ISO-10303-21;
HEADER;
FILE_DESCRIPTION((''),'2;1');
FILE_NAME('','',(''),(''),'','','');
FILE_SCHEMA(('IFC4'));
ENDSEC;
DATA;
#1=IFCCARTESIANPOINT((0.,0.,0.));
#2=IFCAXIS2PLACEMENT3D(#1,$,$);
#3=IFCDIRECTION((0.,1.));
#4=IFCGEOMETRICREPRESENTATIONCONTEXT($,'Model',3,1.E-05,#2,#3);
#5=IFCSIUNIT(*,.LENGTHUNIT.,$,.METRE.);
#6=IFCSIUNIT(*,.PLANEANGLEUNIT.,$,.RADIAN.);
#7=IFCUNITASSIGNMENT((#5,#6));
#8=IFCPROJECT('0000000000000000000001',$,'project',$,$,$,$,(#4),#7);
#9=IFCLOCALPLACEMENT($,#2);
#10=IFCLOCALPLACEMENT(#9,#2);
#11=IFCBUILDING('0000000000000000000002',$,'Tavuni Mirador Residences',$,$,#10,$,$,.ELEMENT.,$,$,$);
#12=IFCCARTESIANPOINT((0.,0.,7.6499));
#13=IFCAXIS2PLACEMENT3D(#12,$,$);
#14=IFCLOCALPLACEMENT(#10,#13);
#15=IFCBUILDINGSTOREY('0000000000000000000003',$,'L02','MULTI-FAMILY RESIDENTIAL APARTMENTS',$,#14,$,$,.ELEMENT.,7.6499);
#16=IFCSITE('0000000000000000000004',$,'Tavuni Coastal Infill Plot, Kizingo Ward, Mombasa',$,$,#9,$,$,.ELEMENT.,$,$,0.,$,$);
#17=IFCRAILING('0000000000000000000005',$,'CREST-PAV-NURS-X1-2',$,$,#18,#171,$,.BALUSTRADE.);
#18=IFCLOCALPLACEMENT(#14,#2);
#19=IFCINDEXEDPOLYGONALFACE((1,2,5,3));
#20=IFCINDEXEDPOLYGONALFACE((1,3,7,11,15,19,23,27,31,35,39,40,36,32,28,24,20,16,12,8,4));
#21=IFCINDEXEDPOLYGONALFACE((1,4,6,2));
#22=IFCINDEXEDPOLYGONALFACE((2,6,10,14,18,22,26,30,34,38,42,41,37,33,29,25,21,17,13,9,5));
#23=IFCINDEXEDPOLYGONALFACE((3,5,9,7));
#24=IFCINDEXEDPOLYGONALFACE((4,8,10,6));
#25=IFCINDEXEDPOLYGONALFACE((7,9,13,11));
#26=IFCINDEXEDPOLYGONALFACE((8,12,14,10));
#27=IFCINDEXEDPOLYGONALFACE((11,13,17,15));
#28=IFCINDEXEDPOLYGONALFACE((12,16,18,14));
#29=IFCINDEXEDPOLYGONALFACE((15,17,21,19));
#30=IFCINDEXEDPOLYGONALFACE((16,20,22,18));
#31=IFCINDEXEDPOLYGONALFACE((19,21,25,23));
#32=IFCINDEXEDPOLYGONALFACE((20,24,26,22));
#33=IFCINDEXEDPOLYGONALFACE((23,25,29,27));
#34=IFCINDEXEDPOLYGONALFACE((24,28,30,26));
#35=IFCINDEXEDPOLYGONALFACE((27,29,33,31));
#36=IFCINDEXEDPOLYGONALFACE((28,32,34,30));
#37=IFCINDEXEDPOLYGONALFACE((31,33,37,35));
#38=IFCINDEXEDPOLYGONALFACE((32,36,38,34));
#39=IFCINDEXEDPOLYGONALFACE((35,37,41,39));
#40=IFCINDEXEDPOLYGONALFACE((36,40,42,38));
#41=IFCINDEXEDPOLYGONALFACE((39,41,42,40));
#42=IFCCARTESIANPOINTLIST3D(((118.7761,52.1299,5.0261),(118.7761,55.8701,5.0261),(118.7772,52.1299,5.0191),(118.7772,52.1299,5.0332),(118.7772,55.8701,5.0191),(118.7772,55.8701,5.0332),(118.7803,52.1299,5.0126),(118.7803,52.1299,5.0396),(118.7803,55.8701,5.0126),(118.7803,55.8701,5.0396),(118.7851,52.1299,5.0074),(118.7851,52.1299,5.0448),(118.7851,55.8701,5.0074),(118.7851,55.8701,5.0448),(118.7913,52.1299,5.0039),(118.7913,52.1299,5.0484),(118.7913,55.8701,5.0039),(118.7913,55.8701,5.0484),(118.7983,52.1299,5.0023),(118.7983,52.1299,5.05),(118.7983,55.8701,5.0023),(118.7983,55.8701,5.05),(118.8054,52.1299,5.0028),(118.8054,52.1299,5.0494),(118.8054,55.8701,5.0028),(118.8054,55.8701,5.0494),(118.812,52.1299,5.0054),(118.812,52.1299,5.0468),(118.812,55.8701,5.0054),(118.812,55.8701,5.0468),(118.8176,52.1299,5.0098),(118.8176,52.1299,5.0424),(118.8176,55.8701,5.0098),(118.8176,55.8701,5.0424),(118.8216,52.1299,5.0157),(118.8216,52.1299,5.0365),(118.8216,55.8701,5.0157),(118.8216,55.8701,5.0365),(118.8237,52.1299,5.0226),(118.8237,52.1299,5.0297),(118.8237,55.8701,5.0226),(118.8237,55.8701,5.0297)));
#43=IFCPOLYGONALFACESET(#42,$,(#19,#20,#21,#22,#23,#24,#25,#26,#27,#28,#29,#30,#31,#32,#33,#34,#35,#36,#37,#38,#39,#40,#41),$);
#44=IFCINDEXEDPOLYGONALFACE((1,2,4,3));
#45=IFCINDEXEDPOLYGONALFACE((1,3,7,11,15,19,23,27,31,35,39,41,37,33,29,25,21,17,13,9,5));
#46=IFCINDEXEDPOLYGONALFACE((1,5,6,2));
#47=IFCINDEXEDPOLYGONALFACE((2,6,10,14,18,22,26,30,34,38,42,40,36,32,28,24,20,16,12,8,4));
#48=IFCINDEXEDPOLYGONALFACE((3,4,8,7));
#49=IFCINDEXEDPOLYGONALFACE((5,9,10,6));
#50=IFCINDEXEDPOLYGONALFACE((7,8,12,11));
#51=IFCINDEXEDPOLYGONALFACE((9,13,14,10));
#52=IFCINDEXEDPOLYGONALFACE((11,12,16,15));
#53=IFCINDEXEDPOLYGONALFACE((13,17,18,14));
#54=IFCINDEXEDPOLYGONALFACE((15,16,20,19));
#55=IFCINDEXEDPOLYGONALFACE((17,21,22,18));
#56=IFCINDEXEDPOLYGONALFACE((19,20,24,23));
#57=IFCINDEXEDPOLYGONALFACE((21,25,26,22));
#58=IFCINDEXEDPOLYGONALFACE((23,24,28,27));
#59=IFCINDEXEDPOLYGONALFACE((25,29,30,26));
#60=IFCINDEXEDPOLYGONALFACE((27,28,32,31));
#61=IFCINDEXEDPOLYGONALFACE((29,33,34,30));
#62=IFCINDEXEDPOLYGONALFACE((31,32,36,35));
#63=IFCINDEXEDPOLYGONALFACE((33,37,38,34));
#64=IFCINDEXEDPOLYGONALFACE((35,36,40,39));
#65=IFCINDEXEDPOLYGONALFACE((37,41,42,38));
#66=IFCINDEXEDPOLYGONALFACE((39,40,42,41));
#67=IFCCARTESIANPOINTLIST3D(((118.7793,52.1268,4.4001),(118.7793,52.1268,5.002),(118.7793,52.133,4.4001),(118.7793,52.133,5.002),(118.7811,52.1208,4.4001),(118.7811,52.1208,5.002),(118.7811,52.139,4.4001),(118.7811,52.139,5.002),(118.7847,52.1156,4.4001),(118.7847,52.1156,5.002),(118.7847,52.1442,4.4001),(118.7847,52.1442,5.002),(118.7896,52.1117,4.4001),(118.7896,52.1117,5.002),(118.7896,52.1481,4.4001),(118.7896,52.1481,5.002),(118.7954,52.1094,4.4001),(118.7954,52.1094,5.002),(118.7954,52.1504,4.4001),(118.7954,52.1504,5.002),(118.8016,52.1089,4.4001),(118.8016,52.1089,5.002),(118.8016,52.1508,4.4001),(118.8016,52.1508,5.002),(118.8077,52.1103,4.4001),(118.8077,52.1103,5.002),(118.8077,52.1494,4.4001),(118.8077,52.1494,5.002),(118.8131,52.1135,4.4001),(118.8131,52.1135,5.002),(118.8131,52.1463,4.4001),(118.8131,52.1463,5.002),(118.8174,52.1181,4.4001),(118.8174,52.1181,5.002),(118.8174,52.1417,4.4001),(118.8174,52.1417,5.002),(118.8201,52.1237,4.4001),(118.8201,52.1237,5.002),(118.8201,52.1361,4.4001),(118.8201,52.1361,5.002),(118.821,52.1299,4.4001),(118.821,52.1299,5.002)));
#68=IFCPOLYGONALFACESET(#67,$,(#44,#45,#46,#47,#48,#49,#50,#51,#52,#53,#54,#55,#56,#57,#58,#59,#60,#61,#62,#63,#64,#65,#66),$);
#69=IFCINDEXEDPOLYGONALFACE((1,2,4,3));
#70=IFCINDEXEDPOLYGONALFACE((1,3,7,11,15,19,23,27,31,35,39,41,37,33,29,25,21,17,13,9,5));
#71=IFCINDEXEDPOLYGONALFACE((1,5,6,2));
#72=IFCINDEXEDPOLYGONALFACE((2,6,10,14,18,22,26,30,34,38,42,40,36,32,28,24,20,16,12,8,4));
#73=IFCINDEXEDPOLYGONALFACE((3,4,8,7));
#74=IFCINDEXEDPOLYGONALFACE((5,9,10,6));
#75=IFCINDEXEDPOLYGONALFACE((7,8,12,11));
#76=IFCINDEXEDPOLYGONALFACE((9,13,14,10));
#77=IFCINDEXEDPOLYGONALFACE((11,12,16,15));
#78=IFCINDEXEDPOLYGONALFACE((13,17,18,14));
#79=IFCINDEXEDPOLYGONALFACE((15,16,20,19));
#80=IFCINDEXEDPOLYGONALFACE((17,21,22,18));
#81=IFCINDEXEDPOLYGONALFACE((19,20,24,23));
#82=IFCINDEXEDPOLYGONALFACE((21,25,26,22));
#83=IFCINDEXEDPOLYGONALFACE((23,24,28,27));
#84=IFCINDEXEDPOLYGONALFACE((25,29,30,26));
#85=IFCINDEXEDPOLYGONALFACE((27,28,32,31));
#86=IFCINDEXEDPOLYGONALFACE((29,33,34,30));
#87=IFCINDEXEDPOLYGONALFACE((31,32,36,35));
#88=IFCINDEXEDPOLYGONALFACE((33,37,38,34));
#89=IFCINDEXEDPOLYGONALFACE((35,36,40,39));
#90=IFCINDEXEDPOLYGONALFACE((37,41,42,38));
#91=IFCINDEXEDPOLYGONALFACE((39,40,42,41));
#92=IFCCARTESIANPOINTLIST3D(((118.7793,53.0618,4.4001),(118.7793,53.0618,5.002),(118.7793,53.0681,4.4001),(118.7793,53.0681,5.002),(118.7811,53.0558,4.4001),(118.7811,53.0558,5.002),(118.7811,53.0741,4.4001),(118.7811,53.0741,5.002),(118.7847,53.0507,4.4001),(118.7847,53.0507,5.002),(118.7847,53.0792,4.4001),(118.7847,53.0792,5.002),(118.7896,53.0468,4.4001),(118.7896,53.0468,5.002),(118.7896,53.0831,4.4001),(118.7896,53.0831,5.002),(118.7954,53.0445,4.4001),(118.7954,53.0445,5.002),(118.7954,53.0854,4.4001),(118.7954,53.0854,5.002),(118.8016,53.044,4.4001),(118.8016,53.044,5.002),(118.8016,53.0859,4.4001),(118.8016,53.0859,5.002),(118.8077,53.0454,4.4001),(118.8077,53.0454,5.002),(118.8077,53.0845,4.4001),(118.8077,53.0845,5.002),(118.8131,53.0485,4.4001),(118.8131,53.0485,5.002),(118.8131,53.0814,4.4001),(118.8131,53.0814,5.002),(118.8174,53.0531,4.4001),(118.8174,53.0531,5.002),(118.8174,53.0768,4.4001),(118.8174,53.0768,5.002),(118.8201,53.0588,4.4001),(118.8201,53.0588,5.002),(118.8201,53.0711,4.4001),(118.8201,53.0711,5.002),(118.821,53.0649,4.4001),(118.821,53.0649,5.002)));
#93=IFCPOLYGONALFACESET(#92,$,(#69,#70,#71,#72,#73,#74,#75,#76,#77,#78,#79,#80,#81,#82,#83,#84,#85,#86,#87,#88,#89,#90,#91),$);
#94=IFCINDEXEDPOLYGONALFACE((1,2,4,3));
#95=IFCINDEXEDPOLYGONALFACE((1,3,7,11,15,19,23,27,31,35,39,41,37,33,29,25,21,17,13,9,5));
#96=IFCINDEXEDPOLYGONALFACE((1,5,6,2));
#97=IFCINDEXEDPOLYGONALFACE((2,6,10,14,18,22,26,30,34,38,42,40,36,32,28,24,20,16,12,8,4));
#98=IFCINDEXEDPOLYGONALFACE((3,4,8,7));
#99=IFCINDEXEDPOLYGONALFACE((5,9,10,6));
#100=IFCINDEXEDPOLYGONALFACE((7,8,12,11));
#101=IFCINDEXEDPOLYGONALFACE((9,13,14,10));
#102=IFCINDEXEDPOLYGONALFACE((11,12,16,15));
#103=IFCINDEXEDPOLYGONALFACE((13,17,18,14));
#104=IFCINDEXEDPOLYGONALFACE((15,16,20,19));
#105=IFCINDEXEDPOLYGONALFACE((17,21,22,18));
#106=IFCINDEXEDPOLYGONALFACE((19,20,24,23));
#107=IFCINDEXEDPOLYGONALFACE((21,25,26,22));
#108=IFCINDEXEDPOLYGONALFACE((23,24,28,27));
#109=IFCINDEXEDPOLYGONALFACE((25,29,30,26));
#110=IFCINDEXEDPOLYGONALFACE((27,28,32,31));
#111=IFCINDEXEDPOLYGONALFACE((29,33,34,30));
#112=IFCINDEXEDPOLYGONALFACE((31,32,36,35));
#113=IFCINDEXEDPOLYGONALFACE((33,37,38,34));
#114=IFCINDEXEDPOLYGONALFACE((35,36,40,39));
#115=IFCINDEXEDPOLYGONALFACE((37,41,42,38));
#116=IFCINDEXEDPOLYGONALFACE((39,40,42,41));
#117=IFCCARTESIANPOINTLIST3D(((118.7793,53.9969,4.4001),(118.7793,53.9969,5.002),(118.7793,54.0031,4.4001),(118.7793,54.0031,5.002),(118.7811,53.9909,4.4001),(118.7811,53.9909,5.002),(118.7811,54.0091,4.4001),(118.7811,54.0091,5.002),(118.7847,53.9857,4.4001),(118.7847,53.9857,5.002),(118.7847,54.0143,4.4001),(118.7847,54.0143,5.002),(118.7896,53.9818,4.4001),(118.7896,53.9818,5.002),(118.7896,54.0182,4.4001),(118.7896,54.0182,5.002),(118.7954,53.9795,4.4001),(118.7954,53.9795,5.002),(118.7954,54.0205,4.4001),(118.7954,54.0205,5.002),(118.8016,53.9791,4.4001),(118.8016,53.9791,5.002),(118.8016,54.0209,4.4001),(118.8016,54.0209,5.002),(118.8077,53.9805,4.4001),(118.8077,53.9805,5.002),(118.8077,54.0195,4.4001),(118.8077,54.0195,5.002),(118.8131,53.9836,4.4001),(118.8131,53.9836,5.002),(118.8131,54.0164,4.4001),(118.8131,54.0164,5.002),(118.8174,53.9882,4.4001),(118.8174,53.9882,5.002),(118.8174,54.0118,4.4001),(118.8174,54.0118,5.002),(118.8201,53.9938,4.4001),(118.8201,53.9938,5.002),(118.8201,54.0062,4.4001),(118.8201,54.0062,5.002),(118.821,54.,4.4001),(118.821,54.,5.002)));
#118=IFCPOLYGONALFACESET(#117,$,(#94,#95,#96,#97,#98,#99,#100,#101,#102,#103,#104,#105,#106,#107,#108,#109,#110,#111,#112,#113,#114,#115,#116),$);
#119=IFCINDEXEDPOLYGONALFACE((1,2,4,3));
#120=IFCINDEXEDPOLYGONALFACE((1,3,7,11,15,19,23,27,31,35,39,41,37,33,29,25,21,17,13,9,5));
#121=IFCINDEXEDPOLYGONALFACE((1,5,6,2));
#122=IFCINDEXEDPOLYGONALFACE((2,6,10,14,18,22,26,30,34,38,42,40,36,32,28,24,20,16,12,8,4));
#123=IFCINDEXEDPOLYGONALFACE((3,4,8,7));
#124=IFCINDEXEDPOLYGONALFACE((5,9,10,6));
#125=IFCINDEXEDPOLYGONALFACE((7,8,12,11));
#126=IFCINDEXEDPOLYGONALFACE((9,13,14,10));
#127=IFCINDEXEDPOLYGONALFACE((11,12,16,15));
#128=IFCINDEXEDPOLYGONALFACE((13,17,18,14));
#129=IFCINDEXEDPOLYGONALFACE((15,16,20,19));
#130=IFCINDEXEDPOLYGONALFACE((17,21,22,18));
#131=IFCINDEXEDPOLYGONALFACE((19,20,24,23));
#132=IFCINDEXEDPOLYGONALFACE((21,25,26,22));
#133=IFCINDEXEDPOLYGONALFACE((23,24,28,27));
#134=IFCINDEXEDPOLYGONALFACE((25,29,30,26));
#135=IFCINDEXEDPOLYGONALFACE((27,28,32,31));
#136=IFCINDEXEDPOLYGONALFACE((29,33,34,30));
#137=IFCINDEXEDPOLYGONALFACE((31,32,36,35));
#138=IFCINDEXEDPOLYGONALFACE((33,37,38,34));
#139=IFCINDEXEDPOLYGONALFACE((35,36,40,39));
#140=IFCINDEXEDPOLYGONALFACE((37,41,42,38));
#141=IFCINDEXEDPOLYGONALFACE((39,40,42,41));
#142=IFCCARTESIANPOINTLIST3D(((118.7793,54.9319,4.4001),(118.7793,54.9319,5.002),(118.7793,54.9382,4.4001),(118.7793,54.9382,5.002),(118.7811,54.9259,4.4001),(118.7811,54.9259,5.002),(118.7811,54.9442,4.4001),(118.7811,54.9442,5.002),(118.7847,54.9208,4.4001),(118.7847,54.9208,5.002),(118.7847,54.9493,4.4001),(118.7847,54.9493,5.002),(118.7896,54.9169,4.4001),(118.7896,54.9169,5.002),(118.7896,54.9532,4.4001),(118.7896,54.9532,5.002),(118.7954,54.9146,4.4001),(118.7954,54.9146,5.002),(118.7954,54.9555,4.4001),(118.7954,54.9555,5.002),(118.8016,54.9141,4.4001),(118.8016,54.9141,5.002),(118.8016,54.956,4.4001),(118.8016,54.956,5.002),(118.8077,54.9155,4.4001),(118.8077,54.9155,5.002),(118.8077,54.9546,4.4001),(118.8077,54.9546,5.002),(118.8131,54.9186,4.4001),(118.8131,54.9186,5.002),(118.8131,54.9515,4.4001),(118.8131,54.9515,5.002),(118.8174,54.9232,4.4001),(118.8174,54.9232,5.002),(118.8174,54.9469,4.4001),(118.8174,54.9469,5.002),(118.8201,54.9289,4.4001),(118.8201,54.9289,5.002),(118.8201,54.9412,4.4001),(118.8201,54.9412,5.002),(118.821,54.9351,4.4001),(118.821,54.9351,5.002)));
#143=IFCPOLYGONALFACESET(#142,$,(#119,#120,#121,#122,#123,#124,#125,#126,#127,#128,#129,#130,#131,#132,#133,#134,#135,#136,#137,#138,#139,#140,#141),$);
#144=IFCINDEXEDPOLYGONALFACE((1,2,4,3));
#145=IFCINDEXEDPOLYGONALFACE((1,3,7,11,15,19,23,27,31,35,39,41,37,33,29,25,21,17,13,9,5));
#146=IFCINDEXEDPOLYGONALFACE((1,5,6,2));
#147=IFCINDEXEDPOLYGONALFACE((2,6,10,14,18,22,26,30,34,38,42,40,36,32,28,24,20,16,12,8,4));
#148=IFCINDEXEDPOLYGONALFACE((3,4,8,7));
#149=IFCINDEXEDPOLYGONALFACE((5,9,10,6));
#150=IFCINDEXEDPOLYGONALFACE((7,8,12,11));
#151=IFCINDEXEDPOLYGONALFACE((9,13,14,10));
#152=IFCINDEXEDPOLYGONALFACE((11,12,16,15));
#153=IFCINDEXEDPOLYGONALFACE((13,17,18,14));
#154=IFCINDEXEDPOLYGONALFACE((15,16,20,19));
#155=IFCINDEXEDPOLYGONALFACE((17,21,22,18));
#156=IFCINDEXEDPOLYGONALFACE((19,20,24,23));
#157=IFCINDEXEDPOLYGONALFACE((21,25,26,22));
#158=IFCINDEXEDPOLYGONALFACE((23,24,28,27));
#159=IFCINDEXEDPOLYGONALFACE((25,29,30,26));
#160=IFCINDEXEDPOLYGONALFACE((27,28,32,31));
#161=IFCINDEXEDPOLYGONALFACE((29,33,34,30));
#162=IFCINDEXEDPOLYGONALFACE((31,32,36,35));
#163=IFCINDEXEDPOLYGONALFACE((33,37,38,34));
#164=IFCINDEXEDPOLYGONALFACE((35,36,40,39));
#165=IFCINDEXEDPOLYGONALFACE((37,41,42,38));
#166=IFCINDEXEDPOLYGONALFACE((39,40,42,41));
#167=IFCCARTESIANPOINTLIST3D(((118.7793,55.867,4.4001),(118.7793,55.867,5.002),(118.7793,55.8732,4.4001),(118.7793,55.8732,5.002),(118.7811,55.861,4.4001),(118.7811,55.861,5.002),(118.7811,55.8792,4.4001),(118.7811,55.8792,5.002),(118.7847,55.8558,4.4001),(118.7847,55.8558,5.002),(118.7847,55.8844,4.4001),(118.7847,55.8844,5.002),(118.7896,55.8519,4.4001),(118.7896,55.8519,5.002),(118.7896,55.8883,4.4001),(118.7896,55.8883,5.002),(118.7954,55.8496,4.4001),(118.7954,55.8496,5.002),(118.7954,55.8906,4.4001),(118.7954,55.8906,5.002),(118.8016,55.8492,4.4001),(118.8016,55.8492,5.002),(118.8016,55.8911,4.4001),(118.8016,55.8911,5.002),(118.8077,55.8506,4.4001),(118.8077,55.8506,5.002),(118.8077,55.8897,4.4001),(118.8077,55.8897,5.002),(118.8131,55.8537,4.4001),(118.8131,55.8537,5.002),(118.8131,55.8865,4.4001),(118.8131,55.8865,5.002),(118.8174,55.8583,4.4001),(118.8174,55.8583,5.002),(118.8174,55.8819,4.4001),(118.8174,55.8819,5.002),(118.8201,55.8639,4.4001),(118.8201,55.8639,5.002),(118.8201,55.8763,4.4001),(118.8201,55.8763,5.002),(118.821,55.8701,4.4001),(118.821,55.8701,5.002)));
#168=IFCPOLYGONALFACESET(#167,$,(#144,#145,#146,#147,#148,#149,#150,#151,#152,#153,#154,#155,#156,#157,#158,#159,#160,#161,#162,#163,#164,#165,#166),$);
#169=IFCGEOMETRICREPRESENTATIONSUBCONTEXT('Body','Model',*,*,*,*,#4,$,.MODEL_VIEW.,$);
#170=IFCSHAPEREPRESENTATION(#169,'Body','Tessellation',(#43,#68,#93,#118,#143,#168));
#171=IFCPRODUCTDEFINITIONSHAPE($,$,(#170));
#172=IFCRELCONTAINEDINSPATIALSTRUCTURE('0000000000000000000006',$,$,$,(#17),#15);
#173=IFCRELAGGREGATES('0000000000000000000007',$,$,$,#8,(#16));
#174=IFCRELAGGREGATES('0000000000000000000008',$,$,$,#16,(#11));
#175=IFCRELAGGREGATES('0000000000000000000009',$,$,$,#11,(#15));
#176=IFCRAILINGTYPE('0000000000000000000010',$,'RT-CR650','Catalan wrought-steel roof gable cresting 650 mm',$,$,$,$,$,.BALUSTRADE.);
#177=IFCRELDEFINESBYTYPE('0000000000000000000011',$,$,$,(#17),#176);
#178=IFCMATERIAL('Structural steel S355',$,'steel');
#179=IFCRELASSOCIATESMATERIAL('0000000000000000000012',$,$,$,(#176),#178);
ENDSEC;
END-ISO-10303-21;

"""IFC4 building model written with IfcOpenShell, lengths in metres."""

from ifc_helpers import new_model, si_unit, direction, frame, origin, origin_2d, place, context, subcontext, project, spatial, circle, extrude, material, type_object, element, save


model = new_model("IFC4")

# Units and contexts
model_context = context("Model", 3, precision=1e-05, world=origin(), true_north=direction((0.0, 1.0)))
body_context = subcontext(model_context, "Body", "Model", "MODEL_VIEW")
ifc_project = project(units=[si_unit("LENGTHUNIT", "METRE"), si_unit("PLANEANGLEUNIT", "RADIAN")], contexts=[model_context])

# Site, building, storey
site_placement = place(None, origin())
site = spatial("IfcSite", under=ifc_project, at=site_placement, Name="Tavuni Coastal Infill Plot, Kizingo Ward, Mombasa", CompositionType="ELEMENT", RefElevation=0.0)
building_placement = place(site_placement, origin())
building = spatial("IfcBuilding", under=site, at=building_placement, Name="Tavuni Mirador Residences", CompositionType="ELEMENT")
storey_placement = place(building_placement, frame((0.0, 0.0, 7.6499)))
storey = spatial("IfcBuildingStorey", under=building, at=storey_placement, Name="L02", Description="MULTI-FAMILY RESIDENTIAL APARTMENTS", CompositionType="ELEMENT", Elevation=7.6499)

# Shared definitions
ifc_material_1 = material(Name="Structural steel S355", Category="steel")

# Railing
railing_type = type_object("IfcRailingType", Name="RT-CR650", Description="Catalan wrought-steel roof gable cresting 650 mm", PredefinedType="BALUSTRADE", material=ifc_material_1)
railing_1_placement = place(storey_placement, frame((118.8, 52.1299, 4.4001)))
element("IfcRailing", 1, at=railing_1_placement, inside=storey, type_object=railing_type, Name="CREST-PAV-NURS-X1-2", PredefinedType="BALUSTRADE", context=body_context, shape_type="SweptSolid", body=[
    extrude(circle(Radius=0.0239, at=origin_2d()), frame((0.0, 0.0, 0.626), z_axis=(0.0, 1.0, 0.0), x_axis=(-1.0, 0.0, 0.0)), (0.0, 0.0, 1.0), 3.7402),
    extrude(circle(Radius=0.021, at=origin_2d()), origin(), (0.0, 0.0, 1.0), 0.6018),
    extrude(circle(Radius=0.021, at=origin_2d()), frame((0.0, 0.9351, 0.0)), (0.0, 0.0, 1.0), 0.6018),
    extrude(circle(Radius=0.021, at=origin_2d()), frame((0.0, 1.8701, 0.0)), (0.0, 0.0, 1.0), 0.6018),
    extrude(circle(Radius=0.021, at=origin_2d()), frame((0.0, 2.8052, 0.0)), (0.0, 0.0, 1.0), 0.6018),
    extrude(circle(Radius=0.021, at=origin_2d()), frame((0.0, 3.7402, 0.0)), (0.0, 0.0, 1.0), 0.6018),
])

save(model, "model.ifc")
